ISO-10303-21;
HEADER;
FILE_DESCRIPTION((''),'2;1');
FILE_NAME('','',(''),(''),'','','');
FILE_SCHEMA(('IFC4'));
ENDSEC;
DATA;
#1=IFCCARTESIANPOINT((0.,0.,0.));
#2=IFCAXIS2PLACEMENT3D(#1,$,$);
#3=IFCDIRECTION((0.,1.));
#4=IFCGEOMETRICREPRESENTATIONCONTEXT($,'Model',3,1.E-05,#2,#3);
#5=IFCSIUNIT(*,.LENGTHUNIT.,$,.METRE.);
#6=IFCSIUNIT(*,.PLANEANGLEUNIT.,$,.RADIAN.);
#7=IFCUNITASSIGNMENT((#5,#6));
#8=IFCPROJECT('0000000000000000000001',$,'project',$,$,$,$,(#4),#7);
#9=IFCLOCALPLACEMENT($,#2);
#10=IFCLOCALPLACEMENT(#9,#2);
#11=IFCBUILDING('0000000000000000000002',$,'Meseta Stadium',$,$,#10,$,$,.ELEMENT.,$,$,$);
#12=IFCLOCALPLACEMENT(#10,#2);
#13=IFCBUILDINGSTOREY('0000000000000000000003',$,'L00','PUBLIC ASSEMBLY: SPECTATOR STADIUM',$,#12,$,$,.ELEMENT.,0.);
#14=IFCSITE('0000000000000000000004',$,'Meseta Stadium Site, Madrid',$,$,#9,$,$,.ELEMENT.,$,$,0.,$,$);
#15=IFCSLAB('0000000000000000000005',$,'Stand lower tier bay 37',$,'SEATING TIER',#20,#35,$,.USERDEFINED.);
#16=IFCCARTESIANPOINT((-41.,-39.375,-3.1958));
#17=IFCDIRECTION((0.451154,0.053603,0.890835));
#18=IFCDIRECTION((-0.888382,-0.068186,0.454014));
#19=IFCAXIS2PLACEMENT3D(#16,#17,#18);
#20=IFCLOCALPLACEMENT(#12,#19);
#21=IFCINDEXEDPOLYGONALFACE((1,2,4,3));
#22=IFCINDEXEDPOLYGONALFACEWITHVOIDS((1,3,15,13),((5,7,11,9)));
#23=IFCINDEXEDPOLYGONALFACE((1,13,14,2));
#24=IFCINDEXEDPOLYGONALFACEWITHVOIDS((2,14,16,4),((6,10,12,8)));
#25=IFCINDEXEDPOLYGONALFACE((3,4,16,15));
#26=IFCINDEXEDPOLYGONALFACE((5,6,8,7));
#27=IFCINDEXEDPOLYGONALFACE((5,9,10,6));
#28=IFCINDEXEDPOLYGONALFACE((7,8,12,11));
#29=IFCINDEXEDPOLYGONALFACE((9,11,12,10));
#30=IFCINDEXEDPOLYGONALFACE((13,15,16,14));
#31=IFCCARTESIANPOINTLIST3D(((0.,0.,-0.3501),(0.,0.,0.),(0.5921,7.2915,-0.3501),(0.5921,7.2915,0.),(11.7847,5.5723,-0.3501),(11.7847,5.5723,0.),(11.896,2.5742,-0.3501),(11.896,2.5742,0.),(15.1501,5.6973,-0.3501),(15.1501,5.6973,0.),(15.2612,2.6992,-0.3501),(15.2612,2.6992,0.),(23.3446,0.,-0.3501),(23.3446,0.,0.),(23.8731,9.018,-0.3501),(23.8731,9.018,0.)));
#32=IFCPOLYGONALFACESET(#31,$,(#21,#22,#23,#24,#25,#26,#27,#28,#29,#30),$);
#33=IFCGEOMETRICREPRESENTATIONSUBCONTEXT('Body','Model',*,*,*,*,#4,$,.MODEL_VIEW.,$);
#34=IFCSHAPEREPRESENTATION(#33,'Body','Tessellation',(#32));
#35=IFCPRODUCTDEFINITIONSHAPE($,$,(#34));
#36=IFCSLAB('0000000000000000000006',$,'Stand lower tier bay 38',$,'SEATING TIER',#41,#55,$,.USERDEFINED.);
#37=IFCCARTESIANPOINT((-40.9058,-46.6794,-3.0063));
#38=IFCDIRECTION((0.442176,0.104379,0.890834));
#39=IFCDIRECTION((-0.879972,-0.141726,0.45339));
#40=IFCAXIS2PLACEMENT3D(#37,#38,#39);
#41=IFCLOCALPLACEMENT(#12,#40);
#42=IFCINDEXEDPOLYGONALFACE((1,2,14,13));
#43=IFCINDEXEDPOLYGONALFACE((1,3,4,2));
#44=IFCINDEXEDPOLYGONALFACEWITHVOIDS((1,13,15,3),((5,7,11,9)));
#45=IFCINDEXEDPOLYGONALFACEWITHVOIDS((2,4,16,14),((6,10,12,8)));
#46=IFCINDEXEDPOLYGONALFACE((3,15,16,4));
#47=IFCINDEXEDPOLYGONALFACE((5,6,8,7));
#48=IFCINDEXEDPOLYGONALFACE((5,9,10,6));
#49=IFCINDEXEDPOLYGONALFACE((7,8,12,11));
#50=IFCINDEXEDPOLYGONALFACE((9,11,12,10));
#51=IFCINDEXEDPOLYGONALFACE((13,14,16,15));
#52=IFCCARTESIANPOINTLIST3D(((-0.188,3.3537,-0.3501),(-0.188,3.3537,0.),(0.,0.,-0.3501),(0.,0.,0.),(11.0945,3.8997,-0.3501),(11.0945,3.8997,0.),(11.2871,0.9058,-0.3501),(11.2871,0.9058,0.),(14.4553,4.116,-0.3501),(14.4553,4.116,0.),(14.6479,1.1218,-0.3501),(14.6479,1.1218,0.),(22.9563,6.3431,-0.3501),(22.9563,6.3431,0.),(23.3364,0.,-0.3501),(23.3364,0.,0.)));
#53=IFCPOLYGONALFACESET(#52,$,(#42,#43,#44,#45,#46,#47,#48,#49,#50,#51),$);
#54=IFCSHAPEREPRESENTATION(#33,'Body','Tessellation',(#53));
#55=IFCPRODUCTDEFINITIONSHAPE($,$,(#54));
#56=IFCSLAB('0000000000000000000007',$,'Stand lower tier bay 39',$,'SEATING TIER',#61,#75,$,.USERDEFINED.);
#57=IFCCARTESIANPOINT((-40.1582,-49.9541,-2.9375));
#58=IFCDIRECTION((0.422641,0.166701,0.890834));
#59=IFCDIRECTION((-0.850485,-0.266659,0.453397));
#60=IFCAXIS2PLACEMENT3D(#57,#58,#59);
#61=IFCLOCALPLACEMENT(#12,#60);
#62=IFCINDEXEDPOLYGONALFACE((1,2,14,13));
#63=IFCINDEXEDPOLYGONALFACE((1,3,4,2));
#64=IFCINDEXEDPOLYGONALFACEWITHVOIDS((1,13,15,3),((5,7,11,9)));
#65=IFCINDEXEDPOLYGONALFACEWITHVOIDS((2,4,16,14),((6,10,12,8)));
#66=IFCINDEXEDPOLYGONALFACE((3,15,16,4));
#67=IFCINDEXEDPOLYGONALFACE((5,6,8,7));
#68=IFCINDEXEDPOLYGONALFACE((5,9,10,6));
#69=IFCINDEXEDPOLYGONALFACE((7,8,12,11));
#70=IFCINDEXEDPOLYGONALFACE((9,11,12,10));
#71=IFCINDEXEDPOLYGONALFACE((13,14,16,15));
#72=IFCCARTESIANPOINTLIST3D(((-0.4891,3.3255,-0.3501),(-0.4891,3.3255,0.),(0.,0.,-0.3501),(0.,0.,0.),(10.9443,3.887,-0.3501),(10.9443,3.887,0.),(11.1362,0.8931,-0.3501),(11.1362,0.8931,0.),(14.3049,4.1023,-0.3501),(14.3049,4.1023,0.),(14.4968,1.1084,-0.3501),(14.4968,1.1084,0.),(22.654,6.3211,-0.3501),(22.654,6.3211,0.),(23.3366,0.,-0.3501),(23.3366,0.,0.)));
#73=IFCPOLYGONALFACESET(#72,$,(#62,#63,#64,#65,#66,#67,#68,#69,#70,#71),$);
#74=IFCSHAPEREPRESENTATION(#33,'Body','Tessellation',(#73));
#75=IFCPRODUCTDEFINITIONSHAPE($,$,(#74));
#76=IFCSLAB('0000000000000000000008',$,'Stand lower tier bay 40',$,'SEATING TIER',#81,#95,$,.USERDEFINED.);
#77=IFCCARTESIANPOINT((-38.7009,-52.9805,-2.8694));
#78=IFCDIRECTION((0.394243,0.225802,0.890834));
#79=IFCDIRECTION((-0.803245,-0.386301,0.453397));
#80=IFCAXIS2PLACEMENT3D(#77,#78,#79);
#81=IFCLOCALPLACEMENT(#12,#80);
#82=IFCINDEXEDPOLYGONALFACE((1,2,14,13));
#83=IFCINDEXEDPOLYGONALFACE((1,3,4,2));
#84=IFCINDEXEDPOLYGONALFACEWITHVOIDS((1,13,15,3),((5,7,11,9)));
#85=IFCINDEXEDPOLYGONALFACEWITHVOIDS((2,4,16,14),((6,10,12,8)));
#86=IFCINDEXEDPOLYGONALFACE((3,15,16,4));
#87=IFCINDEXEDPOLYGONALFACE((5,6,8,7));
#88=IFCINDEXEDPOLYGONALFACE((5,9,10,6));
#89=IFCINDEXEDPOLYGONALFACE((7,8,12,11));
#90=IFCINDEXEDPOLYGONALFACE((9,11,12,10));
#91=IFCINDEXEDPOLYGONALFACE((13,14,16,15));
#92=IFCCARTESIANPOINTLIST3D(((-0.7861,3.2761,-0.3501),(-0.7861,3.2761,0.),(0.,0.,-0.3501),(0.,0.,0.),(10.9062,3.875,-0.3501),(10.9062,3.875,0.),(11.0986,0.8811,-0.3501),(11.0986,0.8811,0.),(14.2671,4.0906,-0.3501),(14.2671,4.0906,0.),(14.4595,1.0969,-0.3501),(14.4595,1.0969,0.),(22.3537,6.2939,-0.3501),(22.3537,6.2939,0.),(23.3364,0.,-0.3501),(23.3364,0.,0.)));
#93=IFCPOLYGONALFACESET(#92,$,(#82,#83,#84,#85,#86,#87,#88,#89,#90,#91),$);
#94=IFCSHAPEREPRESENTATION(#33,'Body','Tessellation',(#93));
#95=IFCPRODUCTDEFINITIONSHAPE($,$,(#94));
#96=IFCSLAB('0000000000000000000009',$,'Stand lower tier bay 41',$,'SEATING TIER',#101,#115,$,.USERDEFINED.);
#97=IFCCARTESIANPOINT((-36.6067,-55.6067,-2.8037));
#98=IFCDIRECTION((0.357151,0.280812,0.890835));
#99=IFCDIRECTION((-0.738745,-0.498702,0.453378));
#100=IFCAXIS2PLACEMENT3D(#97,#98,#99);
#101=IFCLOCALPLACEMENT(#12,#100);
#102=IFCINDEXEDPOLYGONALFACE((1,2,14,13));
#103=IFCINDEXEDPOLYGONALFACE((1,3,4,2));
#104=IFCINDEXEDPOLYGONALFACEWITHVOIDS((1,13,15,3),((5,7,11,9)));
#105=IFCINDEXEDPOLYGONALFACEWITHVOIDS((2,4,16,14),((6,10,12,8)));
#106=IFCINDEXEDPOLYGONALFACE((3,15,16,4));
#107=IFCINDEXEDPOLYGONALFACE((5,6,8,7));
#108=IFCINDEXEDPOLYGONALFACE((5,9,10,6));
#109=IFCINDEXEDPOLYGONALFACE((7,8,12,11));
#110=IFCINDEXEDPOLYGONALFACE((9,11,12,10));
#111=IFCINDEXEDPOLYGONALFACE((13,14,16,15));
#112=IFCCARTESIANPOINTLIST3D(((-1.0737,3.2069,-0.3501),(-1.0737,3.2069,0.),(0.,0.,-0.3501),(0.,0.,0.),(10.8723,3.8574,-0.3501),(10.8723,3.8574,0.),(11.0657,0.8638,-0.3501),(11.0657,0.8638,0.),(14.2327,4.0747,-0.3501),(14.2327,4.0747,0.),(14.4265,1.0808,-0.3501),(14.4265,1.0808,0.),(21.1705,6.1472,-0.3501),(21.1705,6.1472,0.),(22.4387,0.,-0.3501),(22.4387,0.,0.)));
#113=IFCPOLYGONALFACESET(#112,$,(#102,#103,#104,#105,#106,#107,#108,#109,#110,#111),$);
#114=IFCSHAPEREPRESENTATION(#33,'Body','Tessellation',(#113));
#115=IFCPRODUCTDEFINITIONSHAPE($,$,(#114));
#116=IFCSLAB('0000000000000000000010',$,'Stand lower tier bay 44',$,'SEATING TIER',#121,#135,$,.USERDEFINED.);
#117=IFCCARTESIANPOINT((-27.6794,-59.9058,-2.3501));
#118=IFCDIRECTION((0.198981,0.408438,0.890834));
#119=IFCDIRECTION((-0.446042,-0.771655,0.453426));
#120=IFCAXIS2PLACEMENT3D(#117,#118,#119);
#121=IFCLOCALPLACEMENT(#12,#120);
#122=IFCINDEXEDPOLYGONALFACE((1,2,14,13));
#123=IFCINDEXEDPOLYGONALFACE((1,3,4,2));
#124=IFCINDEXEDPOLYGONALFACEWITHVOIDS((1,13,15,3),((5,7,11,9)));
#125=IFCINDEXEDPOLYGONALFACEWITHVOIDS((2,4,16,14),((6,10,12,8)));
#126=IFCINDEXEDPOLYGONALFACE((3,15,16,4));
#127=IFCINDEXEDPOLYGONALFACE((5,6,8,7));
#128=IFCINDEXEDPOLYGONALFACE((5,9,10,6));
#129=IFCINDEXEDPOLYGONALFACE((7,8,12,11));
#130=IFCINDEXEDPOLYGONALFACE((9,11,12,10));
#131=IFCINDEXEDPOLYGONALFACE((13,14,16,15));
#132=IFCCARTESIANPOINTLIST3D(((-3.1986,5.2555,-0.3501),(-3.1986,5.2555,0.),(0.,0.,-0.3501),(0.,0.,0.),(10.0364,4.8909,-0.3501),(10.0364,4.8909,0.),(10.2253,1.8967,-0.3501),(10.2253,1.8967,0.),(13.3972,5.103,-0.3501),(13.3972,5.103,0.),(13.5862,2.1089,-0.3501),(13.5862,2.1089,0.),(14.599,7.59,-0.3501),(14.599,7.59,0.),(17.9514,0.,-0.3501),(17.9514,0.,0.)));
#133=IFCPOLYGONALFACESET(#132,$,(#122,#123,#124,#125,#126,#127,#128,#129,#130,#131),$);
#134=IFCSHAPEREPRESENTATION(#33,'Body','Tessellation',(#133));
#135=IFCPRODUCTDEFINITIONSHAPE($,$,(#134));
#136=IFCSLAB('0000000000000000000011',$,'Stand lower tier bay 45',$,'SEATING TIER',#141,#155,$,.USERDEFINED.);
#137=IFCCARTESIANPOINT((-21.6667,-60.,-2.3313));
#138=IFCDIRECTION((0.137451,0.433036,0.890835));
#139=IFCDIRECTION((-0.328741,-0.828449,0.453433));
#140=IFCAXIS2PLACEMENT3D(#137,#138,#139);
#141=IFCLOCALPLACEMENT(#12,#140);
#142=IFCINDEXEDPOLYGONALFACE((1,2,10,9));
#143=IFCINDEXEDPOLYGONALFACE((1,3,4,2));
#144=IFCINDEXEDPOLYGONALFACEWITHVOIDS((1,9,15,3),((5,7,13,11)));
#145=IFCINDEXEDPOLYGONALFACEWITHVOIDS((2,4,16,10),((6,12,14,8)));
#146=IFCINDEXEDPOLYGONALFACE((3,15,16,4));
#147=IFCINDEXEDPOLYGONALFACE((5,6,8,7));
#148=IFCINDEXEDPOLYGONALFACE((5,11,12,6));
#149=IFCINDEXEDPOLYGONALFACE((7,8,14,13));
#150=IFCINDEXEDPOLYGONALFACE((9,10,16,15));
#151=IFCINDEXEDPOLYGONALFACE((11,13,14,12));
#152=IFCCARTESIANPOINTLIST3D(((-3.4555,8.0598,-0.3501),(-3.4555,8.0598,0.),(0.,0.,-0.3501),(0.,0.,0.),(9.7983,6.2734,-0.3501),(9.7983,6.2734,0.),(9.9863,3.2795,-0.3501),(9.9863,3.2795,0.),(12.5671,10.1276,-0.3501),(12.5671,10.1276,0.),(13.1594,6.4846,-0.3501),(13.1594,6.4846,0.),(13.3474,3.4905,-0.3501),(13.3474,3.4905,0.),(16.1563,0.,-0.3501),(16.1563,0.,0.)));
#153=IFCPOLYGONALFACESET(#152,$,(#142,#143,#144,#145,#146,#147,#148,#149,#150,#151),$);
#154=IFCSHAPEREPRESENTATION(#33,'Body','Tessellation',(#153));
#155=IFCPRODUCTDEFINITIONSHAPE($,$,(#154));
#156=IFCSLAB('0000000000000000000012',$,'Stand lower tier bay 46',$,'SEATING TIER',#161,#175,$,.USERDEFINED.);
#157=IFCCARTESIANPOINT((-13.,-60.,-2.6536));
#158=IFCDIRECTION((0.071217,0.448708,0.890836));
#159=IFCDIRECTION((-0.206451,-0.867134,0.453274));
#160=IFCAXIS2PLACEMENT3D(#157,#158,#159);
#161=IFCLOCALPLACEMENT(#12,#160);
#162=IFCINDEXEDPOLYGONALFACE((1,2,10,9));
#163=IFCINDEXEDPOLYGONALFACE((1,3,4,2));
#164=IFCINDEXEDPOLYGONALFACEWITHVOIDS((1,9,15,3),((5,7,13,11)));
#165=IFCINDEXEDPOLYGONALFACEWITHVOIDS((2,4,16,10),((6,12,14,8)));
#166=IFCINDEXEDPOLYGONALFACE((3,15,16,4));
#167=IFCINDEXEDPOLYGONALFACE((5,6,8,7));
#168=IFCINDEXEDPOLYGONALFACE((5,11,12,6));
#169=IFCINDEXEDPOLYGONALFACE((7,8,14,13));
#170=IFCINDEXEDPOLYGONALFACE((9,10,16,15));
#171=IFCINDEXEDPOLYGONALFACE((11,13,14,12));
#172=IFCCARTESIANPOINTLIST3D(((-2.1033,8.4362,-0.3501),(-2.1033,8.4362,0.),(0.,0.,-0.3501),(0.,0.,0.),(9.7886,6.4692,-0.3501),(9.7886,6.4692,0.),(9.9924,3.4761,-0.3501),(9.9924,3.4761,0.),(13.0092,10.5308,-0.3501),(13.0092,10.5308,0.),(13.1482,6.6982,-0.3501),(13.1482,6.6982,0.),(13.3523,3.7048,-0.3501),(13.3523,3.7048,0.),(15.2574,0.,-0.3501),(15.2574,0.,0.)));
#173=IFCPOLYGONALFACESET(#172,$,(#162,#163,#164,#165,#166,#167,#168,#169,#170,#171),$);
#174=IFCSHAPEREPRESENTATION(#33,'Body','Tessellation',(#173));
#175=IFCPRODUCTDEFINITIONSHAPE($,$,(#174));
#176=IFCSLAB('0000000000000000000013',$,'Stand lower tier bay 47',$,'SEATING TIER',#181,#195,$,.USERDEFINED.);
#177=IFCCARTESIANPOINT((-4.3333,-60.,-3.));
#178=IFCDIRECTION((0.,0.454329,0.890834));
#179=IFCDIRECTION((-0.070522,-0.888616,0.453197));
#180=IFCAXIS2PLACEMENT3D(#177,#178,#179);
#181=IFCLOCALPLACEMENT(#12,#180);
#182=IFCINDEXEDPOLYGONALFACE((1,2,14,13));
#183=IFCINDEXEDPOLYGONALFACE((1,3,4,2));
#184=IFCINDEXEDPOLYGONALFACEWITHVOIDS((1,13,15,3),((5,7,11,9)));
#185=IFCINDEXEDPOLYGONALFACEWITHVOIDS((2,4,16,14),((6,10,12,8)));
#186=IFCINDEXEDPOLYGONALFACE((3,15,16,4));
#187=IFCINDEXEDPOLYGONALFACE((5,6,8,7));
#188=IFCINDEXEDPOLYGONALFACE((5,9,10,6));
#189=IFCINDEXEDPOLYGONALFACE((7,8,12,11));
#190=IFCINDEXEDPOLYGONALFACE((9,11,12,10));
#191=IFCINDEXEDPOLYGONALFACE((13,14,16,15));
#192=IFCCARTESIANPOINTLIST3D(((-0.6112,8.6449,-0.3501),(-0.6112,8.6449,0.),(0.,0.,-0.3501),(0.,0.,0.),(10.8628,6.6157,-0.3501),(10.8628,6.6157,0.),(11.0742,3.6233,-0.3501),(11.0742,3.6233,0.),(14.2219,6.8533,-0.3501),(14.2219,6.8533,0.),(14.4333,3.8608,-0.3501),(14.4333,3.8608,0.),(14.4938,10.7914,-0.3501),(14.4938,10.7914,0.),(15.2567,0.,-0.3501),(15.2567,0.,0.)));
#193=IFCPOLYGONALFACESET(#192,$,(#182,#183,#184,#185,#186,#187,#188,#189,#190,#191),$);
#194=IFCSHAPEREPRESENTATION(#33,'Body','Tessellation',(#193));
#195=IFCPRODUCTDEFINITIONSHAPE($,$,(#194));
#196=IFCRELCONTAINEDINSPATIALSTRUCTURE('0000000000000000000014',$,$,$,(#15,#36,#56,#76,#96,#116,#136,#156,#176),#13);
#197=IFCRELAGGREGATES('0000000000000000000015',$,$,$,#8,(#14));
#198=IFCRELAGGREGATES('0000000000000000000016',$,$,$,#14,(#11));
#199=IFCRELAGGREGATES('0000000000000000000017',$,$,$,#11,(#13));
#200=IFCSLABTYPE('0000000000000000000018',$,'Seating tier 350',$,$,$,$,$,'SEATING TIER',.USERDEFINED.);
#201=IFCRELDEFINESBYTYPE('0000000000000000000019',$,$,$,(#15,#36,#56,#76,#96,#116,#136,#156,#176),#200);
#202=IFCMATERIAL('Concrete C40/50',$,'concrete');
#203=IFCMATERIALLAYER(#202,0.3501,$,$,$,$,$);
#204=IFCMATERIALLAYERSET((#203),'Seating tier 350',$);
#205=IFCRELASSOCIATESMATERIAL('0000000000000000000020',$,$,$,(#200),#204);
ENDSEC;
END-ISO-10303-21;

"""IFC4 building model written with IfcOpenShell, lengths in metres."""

from ifc_helpers import new_model, si_unit, direction, frame, origin, place, context, subcontext, project, spatial, polyline, outline, extrude, material, layer, layer_set, type_object, element, save


model = new_model("IFC4")

# Units and contexts
model_context = context("Model", 3, precision=1e-05, world=origin(), true_north=direction((0.0, 1.0)))
body_context = subcontext(model_context, "Body", "Model", "MODEL_VIEW")
ifc_project = project(units=[si_unit("LENGTHUNIT", "METRE"), si_unit("PLANEANGLEUNIT", "RADIAN")], contexts=[model_context])

# Site, building, storey
site_placement = place(None, origin())
site = spatial("IfcSite", under=ifc_project, at=site_placement, Name="Meseta Stadium Site, Madrid", CompositionType="ELEMENT", RefElevation=0.0)
building_placement = place(site_placement, origin())
building = spatial("IfcBuilding", under=site, at=building_placement, Name="Meseta Stadium", CompositionType="ELEMENT")
storey_placement = place(building_placement, origin())
storey = spatial("IfcBuildingStorey", under=building, at=storey_placement, Name="L00", Description="PUBLIC ASSEMBLY: SPECTATOR STADIUM", CompositionType="ELEMENT", Elevation=0.0)

# Slabs
ifc_material_1 = material(Name="Concrete C40/50", Category="concrete")
ifc_layer_1 = layer(ifc_material_1, 0.3501)
ifc_layer_set_1 = layer_set([ifc_layer_1], Name="Seating tier 350")
slab_type = type_object("IfcSlabType", Name="Seating tier 350", ElementType="SEATING TIER", PredefinedType="USERDEFINED", material=ifc_layer_set_1)
slab_1_placement = place(storey_placement, frame((-41.0, -39.375, -3.1958), z_axis=(0.451154, 0.053603, 0.890835), x_axis=(-0.888382, -0.068186, 0.454014)))
element("IfcSlab", 1, at=slab_1_placement, inside=storey, type_object=slab_type, Name="Stand lower tier bay 37", ObjectType="SEATING TIER", PredefinedType="USERDEFINED", context=body_context, shape_type="SweptSolid", body=[
    extrude(outline(polyline([(0.0, 0.0), (23.3446, 0.0), (23.8731, 9.018), (0.5921, 7.2915), (0.0, 0.0)]), holes=[polyline([(11.896, 2.5742), (15.2612, 2.6992), (15.1501, 5.6973), (11.7847, 5.5723), (11.896, 2.5742)])]), origin(), (0.0, 0.0, -1.0), 0.3501),
])
slab_2_placement = place(storey_placement, frame((-40.9058, -46.6794, -3.0063), z_axis=(0.442176, 0.104379, 0.890834), x_axis=(-0.879972, -0.141726, 0.45339)))
element("IfcSlab", 2, at=slab_2_placement, inside=storey, type_object=slab_type, Name="Stand lower tier bay 38", ObjectType="SEATING TIER", PredefinedType="USERDEFINED", context=body_context, shape_type="SweptSolid", body=[
    extrude(outline(polyline([(0.0, 0.0), (23.3364, 0.0), (22.9563, 6.3431), (-0.188, 3.3537), (0.0, 0.0)]), holes=[polyline([(11.2871, 0.9058), (14.6479, 1.1218), (14.4553, 4.116), (11.0945, 3.8997), (11.2871, 0.9058)])]), origin(), (0.0, 0.0, -1.0), 0.3501),
])
slab_3_placement = place(storey_placement, frame((-40.1582, -49.9541, -2.9375), z_axis=(0.422641, 0.166701, 0.890834), x_axis=(-0.850485, -0.266659, 0.453397)))
element("IfcSlab", 3, at=slab_3_placement, inside=storey, type_object=slab_type, Name="Stand lower tier bay 39", ObjectType="SEATING TIER", PredefinedType="USERDEFINED", context=body_context, shape_type="SweptSolid", body=[
    extrude(outline(polyline([(0.0, 0.0), (23.3366, 0.0), (22.654, 6.3211), (-0.4891, 3.3255), (0.0, 0.0)]), holes=[polyline([(11.1362, 0.8931), (14.4968, 1.1084), (14.3049, 4.1023), (10.9443, 3.887), (11.1362, 0.8931)])]), origin(), (0.0, 0.0, -1.0), 0.3501),
])
slab_4_placement = place(storey_placement, frame((-38.7009, -52.9805, -2.8694), z_axis=(0.394243, 0.225802, 0.890834), x_axis=(-0.803245, -0.386301, 0.453397)))
element("IfcSlab", 4, at=slab_4_placement, inside=storey, type_object=slab_type, Name="Stand lower tier bay 40", ObjectType="SEATING TIER", PredefinedType="USERDEFINED", context=body_context, shape_type="SweptSolid", body=[
    extrude(outline(polyline([(0.0, 0.0), (23.3364, 0.0), (22.3537, 6.2939), (-0.7861, 3.2761), (0.0, 0.0)]), holes=[polyline([(11.0986, 0.8811), (14.4595, 1.0969), (14.2671, 4.0906), (10.9062, 3.875), (11.0986, 0.8811)])]), origin(), (0.0, 0.0, -1.0), 0.3501),
])
slab_5_placement = place(storey_placement, frame((-36.6067, -55.6067, -2.8037), z_axis=(0.357151, 0.280812, 0.890835), x_axis=(-0.738745, -0.498702, 0.453378)))
element("IfcSlab", 5, at=slab_5_placement, inside=storey, type_object=slab_type, Name="Stand lower tier bay 41", ObjectType="SEATING TIER", PredefinedType="USERDEFINED", context=body_context, shape_type="SweptSolid", body=[
    extrude(outline(polyline([(0.0, 0.0), (22.4387, 0.0), (21.1705, 6.1472), (-1.0737, 3.2069), (0.0, 0.0)]), holes=[polyline([(11.0657, 0.8638), (14.4265, 1.0808), (14.2327, 4.0747), (10.8723, 3.8574), (11.0657, 0.8638)])]), origin(), (0.0, 0.0, -1.0), 0.3501),
])
slab_6_placement = place(storey_placement, frame((-27.6794, -59.9058, -2.3501), z_axis=(0.198981, 0.408438, 0.890834), x_axis=(-0.446042, -0.771655, 0.453426)))
element("IfcSlab", 6, at=slab_6_placement, inside=storey, type_object=slab_type, Name="Stand lower tier bay 44", ObjectType="SEATING TIER", PredefinedType="USERDEFINED", context=body_context, shape_type="SweptSolid", body=[
    extrude(outline(polyline([(0.0, 0.0), (17.9514, 0.0), (14.599, 7.59), (-3.1986, 5.2555), (0.0, 0.0)]), holes=[polyline([(10.2253, 1.8967), (13.5862, 2.1089), (13.3972, 5.103), (10.0364, 4.8909), (10.2253, 1.8967)])]), origin(), (0.0, 0.0, -1.0), 0.3501),
])
slab_7_placement = place(storey_placement, frame((-21.6667, -60.0, -2.3313), z_axis=(0.137451, 0.433036, 0.890835), x_axis=(-0.328741, -0.828449, 0.453433)))
element("IfcSlab", 7, at=slab_7_placement, inside=storey, type_object=slab_type, Name="Stand lower tier bay 45", ObjectType="SEATING TIER", PredefinedType="USERDEFINED", context=body_context, shape_type="SweptSolid", body=[
    extrude(outline(polyline([(0.0, 0.0), (16.1563, 0.0), (12.5671, 10.1276), (-3.4555, 8.0598), (0.0, 0.0)]), holes=[polyline([(9.9863, 3.2795), (13.3474, 3.4905), (13.1594, 6.4846), (9.7983, 6.2734), (9.9863, 3.2795)])]), origin(), (0.0, 0.0, -1.0), 0.3501),
])
slab_8_placement = place(storey_placement, frame((-13.0, -60.0, -2.6536), z_axis=(0.071217, 0.448708, 0.890836), x_axis=(-0.206451, -0.867134, 0.453274)))
element("IfcSlab", 8, at=slab_8_placement, inside=storey, type_object=slab_type, Name="Stand lower tier bay 46", ObjectType="SEATING TIER", PredefinedType="USERDEFINED", context=body_context, shape_type="SweptSolid", body=[
    extrude(outline(polyline([(0.0, 0.0), (15.2574, 0.0), (13.0092, 10.5308), (-2.1033, 8.4362), (0.0, 0.0)]), holes=[polyline([(9.9924, 3.4761), (13.3523, 3.7048), (13.1482, 6.6982), (9.7886, 6.4692), (9.9924, 3.4761)])]), origin(), (0.0, 0.0, -1.0), 0.3501),
])
slab_9_placement = place(storey_placement, frame((-4.3333, -60.0, -3.0), z_axis=(0.0, 0.454329, 0.890834), x_axis=(-0.070522, -0.888616, 0.453197)))
element("IfcSlab", 9, at=slab_9_placement, inside=storey, type_object=slab_type, Name="Stand lower tier bay 47", ObjectType="SEATING TIER", PredefinedType="USERDEFINED", context=body_context, shape_type="SweptSolid", body=[
    extrude(outline(polyline([(0.0, 0.0), (15.2567, 0.0), (14.4938, 10.7914), (-0.6112, 8.6449), (0.0, 0.0)]), holes=[polyline([(11.0742, 3.6233), (14.4333, 3.8608), (14.2219, 6.8533), (10.8628, 6.6157), (11.0742, 3.6233)])]), origin(), (0.0, 0.0, -1.0), 0.3501),
])

save(model, "model.ifc")
